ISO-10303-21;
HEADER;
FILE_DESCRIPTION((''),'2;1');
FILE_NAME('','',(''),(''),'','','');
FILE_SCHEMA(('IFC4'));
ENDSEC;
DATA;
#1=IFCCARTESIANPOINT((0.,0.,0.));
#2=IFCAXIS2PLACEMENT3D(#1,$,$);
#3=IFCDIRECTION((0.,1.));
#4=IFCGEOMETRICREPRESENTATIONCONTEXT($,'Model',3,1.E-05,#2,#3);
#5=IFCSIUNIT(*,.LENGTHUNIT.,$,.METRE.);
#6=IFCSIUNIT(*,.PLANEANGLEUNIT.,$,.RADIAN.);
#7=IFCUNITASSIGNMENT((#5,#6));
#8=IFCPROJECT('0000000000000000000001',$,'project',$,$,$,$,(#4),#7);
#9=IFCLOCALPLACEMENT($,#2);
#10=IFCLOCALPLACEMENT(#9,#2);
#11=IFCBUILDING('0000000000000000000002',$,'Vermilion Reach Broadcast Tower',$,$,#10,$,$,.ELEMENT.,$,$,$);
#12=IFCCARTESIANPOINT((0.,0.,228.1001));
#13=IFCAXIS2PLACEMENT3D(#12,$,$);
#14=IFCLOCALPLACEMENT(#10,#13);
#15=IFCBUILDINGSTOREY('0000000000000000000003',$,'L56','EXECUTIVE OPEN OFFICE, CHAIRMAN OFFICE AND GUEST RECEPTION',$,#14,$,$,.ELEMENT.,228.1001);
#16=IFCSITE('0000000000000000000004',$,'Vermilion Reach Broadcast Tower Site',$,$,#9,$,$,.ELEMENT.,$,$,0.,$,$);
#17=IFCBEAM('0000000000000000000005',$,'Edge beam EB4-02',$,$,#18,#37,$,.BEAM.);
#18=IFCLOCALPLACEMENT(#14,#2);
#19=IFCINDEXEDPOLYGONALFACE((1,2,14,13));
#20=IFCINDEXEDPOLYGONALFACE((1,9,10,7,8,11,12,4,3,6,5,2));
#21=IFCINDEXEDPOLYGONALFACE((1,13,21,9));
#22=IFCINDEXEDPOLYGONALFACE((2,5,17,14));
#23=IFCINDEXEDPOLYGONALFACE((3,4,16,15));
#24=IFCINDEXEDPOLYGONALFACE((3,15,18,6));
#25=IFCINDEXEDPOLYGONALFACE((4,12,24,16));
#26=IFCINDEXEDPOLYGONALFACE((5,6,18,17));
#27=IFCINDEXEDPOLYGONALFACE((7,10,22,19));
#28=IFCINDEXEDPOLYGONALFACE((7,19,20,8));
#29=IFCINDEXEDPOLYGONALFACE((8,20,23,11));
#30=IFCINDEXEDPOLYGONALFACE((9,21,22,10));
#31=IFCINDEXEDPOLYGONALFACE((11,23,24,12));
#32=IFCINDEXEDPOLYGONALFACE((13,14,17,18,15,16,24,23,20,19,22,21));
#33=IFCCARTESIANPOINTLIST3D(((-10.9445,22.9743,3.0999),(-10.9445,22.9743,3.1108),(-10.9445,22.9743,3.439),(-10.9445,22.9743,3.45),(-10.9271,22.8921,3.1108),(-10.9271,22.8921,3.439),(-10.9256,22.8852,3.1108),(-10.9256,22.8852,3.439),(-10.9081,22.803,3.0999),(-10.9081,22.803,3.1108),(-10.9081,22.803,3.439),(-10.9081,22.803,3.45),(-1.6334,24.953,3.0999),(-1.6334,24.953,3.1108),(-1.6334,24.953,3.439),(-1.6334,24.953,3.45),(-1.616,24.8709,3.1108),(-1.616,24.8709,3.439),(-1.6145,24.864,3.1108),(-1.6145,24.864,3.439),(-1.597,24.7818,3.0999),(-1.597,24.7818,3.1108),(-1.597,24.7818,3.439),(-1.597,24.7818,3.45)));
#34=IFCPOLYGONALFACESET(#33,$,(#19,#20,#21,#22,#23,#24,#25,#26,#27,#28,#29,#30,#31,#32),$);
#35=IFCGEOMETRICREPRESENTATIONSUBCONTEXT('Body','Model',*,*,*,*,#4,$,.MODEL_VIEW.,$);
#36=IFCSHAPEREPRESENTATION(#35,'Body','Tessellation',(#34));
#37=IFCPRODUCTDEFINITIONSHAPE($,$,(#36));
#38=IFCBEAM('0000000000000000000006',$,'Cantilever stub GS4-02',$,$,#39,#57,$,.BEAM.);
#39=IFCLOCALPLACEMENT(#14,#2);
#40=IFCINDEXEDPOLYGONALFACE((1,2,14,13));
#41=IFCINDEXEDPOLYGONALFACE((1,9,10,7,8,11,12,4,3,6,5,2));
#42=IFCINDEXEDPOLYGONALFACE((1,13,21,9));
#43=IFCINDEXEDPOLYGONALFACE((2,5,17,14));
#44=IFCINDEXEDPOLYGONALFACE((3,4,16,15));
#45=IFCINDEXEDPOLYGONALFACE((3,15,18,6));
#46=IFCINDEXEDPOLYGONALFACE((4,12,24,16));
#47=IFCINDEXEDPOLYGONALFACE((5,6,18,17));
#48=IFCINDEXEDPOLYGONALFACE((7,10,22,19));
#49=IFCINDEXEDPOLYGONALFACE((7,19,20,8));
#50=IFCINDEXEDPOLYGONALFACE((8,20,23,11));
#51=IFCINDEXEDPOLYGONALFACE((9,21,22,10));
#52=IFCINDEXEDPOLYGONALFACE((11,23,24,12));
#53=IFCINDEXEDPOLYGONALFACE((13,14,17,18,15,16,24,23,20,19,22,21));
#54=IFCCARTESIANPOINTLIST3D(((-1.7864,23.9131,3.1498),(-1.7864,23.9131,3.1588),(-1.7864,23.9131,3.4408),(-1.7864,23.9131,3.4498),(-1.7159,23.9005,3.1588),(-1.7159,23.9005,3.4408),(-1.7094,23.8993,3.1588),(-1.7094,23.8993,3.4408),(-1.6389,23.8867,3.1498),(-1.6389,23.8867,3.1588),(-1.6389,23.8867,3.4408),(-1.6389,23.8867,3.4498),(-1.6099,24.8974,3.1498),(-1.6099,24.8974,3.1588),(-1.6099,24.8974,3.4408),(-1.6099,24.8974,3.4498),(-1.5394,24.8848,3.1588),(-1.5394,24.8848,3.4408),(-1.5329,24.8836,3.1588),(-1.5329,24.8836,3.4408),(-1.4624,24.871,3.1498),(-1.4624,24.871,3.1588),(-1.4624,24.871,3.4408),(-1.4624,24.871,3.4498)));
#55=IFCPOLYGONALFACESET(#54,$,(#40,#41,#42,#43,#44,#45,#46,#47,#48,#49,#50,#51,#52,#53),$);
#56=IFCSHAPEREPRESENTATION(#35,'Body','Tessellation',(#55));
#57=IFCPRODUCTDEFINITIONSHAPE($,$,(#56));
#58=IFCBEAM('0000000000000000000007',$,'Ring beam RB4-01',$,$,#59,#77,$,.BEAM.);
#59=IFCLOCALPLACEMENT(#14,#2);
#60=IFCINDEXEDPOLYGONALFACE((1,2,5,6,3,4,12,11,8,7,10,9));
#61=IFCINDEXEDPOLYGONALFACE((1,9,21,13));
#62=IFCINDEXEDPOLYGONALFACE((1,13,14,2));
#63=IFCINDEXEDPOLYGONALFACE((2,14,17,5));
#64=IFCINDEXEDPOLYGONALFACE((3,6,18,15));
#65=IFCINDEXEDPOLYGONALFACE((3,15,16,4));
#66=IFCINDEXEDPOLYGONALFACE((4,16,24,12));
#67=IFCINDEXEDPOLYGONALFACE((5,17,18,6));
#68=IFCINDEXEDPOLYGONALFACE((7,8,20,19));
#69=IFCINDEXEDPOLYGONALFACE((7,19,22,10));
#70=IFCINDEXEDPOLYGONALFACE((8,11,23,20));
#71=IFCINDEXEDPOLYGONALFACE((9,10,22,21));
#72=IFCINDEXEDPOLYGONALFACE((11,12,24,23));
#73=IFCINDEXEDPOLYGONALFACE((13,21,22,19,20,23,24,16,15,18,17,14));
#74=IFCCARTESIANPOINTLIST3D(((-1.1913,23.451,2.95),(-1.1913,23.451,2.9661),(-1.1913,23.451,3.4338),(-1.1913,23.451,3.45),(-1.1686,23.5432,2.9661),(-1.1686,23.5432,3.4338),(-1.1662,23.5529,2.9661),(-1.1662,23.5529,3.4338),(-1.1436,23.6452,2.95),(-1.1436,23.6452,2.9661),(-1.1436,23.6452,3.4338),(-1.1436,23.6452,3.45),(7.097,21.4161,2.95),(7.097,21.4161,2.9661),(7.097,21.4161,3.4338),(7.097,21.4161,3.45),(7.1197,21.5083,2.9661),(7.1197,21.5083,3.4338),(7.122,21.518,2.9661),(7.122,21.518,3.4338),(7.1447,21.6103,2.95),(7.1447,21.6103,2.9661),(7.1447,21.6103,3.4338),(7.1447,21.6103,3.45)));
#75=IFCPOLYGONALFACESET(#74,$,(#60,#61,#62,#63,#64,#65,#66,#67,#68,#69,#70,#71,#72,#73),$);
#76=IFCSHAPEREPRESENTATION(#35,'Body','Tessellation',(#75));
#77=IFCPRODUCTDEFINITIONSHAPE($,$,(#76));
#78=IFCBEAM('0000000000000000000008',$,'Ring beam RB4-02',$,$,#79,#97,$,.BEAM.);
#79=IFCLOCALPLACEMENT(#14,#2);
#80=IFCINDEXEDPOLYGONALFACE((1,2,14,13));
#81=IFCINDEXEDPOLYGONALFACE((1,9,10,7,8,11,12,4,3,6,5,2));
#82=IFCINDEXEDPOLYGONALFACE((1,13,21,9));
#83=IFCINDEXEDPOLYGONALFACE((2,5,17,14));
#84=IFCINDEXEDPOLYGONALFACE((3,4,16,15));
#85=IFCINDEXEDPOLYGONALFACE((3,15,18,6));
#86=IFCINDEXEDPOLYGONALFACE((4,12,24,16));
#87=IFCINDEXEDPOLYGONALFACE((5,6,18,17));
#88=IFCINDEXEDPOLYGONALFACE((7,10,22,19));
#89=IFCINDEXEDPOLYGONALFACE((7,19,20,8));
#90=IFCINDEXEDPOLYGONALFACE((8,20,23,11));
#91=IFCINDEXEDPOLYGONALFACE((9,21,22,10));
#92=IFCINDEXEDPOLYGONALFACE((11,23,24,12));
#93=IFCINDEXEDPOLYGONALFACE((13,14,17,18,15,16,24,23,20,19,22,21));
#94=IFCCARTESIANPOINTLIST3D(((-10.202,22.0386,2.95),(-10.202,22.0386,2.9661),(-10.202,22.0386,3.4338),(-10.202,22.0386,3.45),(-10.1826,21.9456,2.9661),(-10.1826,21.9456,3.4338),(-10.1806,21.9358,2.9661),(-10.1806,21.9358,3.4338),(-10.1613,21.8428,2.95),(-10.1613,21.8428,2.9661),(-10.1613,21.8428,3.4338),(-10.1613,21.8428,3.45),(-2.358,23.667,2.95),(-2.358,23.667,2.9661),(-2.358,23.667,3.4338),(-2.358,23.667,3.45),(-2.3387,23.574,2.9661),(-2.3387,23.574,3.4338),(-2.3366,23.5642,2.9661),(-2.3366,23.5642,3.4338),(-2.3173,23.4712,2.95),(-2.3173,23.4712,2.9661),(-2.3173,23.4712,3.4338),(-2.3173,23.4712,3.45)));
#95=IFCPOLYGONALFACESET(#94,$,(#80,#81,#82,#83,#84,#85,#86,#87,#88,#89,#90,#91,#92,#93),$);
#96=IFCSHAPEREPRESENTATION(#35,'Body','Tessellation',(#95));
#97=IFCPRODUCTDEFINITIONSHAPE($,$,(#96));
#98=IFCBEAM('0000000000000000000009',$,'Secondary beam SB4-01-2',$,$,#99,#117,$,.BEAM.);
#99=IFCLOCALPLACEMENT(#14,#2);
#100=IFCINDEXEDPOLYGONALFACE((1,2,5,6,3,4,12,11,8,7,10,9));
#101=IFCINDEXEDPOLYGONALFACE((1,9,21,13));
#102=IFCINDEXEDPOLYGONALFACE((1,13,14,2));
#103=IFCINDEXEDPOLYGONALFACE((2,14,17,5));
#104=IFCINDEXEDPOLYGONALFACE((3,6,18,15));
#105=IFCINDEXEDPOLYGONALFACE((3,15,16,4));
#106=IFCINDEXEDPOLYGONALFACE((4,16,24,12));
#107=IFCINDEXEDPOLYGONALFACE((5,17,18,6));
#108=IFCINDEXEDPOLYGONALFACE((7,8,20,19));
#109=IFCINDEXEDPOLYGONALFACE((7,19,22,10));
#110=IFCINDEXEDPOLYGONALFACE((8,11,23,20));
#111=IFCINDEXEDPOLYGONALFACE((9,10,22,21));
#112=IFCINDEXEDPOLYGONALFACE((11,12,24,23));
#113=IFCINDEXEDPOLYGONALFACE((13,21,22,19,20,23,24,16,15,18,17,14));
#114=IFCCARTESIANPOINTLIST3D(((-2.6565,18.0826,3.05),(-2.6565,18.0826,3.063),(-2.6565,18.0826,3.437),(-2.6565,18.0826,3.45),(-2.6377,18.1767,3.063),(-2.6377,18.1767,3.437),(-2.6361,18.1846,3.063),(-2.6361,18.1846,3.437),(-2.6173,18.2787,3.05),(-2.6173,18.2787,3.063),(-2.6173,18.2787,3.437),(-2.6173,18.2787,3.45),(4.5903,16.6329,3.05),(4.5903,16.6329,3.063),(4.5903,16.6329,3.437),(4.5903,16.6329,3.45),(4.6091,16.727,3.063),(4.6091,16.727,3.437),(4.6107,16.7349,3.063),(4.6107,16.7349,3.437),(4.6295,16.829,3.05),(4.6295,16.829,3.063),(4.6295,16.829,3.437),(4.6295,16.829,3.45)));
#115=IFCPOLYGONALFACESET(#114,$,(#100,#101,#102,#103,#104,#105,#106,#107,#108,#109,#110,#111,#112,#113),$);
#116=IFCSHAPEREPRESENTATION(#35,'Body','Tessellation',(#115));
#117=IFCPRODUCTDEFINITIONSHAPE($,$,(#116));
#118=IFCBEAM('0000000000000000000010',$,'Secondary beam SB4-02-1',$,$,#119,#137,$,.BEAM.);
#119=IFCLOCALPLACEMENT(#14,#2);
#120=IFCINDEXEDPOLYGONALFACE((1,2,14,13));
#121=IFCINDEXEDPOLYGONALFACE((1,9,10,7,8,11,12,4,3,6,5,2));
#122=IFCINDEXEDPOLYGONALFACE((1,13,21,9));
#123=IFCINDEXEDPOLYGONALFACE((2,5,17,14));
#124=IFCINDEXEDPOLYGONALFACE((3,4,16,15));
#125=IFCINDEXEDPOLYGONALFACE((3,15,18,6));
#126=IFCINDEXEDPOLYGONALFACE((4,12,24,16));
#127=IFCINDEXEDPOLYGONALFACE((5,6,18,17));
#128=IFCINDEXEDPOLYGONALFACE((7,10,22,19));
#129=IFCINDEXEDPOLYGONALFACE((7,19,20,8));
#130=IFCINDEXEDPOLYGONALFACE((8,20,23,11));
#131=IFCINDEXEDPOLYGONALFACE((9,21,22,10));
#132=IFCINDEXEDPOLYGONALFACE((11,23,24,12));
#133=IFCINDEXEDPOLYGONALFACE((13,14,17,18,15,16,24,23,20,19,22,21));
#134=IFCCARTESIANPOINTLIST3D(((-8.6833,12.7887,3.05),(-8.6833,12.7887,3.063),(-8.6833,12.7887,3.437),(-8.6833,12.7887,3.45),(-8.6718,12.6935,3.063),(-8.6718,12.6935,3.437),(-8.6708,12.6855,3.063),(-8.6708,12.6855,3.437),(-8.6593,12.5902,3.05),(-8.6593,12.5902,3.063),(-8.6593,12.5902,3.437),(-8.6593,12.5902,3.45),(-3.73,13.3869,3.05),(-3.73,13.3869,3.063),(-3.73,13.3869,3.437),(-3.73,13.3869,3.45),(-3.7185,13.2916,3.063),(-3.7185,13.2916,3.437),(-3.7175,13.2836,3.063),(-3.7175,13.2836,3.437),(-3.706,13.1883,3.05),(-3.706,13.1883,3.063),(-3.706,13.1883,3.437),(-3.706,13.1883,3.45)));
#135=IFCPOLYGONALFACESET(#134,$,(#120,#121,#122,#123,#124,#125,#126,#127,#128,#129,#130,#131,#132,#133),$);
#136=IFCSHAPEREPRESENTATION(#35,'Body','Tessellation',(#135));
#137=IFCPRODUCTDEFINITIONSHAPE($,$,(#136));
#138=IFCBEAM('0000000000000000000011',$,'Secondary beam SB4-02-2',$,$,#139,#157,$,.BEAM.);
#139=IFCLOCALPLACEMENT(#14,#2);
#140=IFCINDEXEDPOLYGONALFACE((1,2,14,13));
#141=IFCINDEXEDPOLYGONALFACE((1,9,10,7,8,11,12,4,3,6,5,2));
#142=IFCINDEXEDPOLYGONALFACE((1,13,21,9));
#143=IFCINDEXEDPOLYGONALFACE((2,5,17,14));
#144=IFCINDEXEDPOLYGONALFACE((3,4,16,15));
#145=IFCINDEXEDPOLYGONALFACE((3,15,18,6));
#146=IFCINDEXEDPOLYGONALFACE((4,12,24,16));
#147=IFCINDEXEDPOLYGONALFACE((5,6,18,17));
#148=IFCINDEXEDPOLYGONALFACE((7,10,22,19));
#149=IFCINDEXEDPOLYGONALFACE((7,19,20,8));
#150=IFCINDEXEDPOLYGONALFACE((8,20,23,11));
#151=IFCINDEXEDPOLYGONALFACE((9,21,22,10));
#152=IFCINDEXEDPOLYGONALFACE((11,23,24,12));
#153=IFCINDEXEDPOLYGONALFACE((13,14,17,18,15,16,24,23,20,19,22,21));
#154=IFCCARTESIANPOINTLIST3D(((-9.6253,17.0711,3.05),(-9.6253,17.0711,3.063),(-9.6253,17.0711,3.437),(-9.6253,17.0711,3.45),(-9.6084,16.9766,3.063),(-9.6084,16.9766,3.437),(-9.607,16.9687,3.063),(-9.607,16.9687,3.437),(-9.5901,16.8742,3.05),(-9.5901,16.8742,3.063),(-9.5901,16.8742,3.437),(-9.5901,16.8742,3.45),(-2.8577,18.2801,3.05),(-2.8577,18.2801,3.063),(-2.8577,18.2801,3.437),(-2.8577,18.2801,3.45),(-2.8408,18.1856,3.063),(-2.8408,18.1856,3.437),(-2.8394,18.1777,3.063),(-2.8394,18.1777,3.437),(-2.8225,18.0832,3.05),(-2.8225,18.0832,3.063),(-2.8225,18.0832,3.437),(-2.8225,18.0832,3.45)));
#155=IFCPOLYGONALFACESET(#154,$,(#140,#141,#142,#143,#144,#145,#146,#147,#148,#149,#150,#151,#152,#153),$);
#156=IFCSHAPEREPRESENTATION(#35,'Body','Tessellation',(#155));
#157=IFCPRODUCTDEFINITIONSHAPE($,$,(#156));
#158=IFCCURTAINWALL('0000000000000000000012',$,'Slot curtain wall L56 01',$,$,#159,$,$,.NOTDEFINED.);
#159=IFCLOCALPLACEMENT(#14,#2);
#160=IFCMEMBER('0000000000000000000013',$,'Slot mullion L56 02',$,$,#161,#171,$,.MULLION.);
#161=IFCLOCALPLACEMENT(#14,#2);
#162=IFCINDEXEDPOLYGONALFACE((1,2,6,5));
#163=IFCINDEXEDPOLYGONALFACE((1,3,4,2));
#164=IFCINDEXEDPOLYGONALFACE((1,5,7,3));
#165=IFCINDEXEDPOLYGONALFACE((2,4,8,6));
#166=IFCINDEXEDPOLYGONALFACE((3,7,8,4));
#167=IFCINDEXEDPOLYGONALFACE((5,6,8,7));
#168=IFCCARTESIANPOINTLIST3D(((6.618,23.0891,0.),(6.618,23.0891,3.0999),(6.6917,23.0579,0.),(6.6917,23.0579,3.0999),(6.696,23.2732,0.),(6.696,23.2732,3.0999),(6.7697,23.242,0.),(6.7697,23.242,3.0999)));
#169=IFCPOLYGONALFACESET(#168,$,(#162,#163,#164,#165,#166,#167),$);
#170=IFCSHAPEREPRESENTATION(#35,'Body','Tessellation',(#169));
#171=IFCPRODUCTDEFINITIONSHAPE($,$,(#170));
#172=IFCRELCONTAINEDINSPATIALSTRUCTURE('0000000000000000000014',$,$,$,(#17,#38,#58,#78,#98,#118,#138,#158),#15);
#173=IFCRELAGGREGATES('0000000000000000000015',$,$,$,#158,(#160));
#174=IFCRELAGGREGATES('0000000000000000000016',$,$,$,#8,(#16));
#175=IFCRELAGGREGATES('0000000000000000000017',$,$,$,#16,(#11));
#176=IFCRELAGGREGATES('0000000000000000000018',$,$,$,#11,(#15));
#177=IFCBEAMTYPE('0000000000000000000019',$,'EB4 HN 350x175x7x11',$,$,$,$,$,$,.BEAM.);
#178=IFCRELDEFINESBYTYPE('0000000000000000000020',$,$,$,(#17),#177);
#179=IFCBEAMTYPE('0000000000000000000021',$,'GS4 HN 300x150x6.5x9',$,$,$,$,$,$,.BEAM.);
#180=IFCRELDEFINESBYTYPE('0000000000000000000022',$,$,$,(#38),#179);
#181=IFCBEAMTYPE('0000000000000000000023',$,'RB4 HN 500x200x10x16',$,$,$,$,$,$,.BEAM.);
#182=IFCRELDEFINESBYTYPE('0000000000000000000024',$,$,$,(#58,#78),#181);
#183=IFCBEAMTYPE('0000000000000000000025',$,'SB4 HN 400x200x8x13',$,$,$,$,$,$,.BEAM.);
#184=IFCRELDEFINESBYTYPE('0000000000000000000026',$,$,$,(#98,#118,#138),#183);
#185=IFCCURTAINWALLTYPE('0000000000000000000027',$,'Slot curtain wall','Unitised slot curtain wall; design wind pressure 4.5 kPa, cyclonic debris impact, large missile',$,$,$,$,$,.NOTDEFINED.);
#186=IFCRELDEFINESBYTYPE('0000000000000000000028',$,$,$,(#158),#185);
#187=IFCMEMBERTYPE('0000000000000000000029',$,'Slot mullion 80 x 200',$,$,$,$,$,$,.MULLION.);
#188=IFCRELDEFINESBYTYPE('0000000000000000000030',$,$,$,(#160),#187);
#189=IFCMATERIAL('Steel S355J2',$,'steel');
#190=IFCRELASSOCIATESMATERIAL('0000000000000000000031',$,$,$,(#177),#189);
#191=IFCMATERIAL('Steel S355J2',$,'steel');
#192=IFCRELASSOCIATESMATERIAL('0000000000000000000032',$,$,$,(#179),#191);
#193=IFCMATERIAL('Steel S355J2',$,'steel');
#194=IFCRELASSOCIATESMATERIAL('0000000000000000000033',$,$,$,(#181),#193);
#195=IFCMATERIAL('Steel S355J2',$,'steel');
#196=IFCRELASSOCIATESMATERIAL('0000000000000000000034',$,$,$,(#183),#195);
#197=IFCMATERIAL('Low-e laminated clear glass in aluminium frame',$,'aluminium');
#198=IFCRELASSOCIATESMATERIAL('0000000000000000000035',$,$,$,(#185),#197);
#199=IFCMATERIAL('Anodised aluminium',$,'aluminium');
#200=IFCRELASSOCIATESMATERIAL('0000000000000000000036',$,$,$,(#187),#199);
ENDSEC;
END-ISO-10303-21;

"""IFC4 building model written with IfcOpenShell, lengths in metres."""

from ifc_helpers import new_model, si_unit, direction, frame, origin, origin_2d, place, context, subcontext, project, spatial, rectangle, i_section, extrude, material, material_profile, profile_set, type_object, element, aggregate, save


model = new_model("IFC4")

# Units and contexts
model_context = context("Model", 3, precision=1e-05, world=origin(), true_north=direction((0.0, 1.0)))
body_context = subcontext(model_context, "Body", "Model", "MODEL_VIEW")
ifc_project = project(units=[si_unit("LENGTHUNIT", "METRE"), si_unit("PLANEANGLEUNIT", "RADIAN")], contexts=[model_context])

# Site, building, storey
site_placement = place(None, origin())
site = spatial("IfcSite", under=ifc_project, at=site_placement, Name="Vermilion Reach Broadcast Tower Site", CompositionType="ELEMENT", RefElevation=0.0)
building_placement = place(site_placement, origin())
building = spatial("IfcBuilding", under=site, at=building_placement, Name="Vermilion Reach Broadcast Tower", CompositionType="ELEMENT")
storey_placement = place(building_placement, frame((0.0, 0.0, 228.1001)))
storey = spatial("IfcBuildingStorey", under=building, at=storey_placement, Name="L56", Description="EXECUTIVE OPEN OFFICE, CHAIRMAN OFFICE AND GUEST RECEPTION", CompositionType="ELEMENT", Elevation=228.1001)

# Beams
ifc_material_1 = material(Name="Steel S355J2", Category="steel")
ifc_material_profile_1 = material_profile(ifc_material_1, i_section(OverallWidth=0.175, OverallDepth=0.3501, WebThickness=0.0071, FlangeThickness=0.011, at=origin_2d()), Name="S355J2 HN 350x175x7x11")
ifc_profile_set_1 = profile_set([ifc_material_profile_1], Name="Steel S355J2")
beam_type_1 = type_object("IfcBeamType", Name="EB4 HN 350x175x7x11", PredefinedType="BEAM", material=ifc_profile_set_1)
beam_1_placement = place(storey_placement, frame((-1.6152, 24.8674, 3.2749), z_axis=(-0.978155, -0.207875, 0.0), x_axis=(0.207875, -0.978155, 0.0)))
element("IfcBeam", 1, at=beam_1_placement, inside=storey, type_object=beam_type_1, Name="Edge beam EB4-02", PredefinedType="BEAM", context=body_context, shape_type="SweptSolid", body=[
    extrude(i_section(OverallWidth=0.175, OverallDepth=0.3501, WebThickness=0.0071, FlangeThickness=0.011, at=origin_2d()), origin(), (0.0, 0.0, 1.0), 9.519),
])
ifc_material_2 = material(Name="Steel S355J2", Category="steel")
ifc_material_profile_2 = material_profile(ifc_material_2, i_section(OverallWidth=0.1499, OverallDepth=0.3, WebThickness=0.0066, FlangeThickness=0.009, at=origin_2d()), Name="S355J2 HN 300x150x6.5x9")
ifc_profile_set_2 = profile_set([ifc_material_profile_2], Name="Steel S355J2")
beam_type_2 = type_object("IfcBeamType", Name="GS4 HN 300x150x6.5x9", PredefinedType="BEAM", material=ifc_profile_set_2)
beam_2_placement = place(storey_placement, frame((-1.7126, 23.8999, 3.2998), z_axis=(0.1765, 0.984301, 0.0), x_axis=(-0.984301, 0.1765, 0.0)))
element("IfcBeam", 2, at=beam_2_placement, inside=storey, type_object=beam_type_2, Name="Cantilever stub GS4-02", PredefinedType="BEAM", context=body_context, shape_type="SweptSolid", body=[
    extrude(i_section(OverallWidth=0.1499, OverallDepth=0.3, WebThickness=0.0066, FlangeThickness=0.009, at=origin_2d()), origin(), (0.0, 0.0, 1.0), 1.0),
])
ifc_material_3 = material(Name="Steel S355J2", Category="steel")
ifc_material_profile_3 = material_profile(ifc_material_3, i_section(OverallWidth=0.2, OverallDepth=0.5, WebThickness=0.01, FlangeThickness=0.0161, at=origin_2d()), Name="S355J2 HN 500x200x10x16")
ifc_profile_set_3 = profile_set([ifc_material_profile_3], Name="Steel S355J2")
beam_type_3 = type_object("IfcBeamType", Name="RB4 HN 500x200x10x16", PredefinedType="BEAM", material=ifc_profile_set_3)
beam_3_placement = place(storey_placement, frame((7.1208, 21.5132, 3.2), z_axis=(-0.971159, 0.238434, 0.0), x_axis=(-0.238434, -0.971159, 0.0)))
element("IfcBeam", 3, at=beam_3_placement, inside=storey, type_object=beam_type_3, Name="Ring beam RB4-01", PredefinedType="BEAM", context=body_context, shape_type="SweptSolid", body=[
    extrude(i_section(OverallWidth=0.2, OverallDepth=0.5, WebThickness=0.01, FlangeThickness=0.0161, at=origin_2d()), origin(), (0.0, 0.0, 1.0), 8.5344),
])
beam_4_placement = place(storey_placement, frame((-2.3376, 23.5691, 3.2), z_axis=(-0.979123, -0.203267, 0.0), x_axis=(0.203267, -0.979123, 0.0)))
element("IfcBeam", 4, at=beam_4_placement, inside=storey, type_object=beam_type_3, Name="Ring beam RB4-02", PredefinedType="BEAM", context=body_context, shape_type="SweptSolid", body=[
    extrude(i_section(OverallWidth=0.2, OverallDepth=0.5, WebThickness=0.01, FlangeThickness=0.0161, at=origin_2d()), origin(), (0.0, 0.0, 1.0), 8.0112),
])
ifc_material_4 = material(Name="Steel S355J2", Category="steel")
ifc_material_profile_4 = material_profile(ifc_material_4, i_section(OverallWidth=0.2, OverallDepth=0.3999, WebThickness=0.0081, FlangeThickness=0.0129, at=origin_2d()), Name="S355J2 HN 400x200x8x13")
ifc_profile_set_4 = profile_set([ifc_material_profile_4], Name="Steel S355J2")
beam_type_4 = type_object("IfcBeamType", Name="SB4 HN 400x200x8x13", PredefinedType="BEAM", material=ifc_profile_set_4)
beam_5_placement = place(storey_placement, frame((4.6099, 16.731, 3.25), z_axis=(-0.980572, 0.196161, 0.0), x_axis=(-0.196161, -0.980572, 0.0)))
element("IfcBeam", 5, at=beam_5_placement, inside=storey, type_object=beam_type_4, Name="Secondary beam SB4-01-2", PredefinedType="BEAM", context=body_context, shape_type="SweptSolid", body=[
    extrude(i_section(OverallWidth=0.2, OverallDepth=0.3999, WebThickness=0.0081, FlangeThickness=0.0129, at=origin_2d()), origin(), (0.0, 0.0, 1.0), 7.3904),
])
beam_6_placement = place(storey_placement, frame((-3.718, 13.2876, 3.25), z_axis=(-0.992788, -0.119884, 0.0), x_axis=(0.119884, -0.992788, 0.0)))
element("IfcBeam", 6, at=beam_6_placement, inside=storey, type_object=beam_type_4, Name="Secondary beam SB4-02-1", PredefinedType="BEAM", context=body_context, shape_type="SweptSolid", body=[
    extrude(i_section(OverallWidth=0.2, OverallDepth=0.3999, WebThickness=0.0081, FlangeThickness=0.0129, at=origin_2d()), origin(), (0.0, 0.0, 1.0), 4.9893),
])
beam_7_placement = place(storey_placement, frame((-2.8401, 18.1816, 3.25), z_axis=(-0.984415, -0.175859, 0.0), x_axis=(0.175859, -0.984415, 0.0)))
element("IfcBeam", 7, at=beam_7_placement, inside=storey, type_object=beam_type_4, Name="Secondary beam SB4-02-2", PredefinedType="BEAM", context=body_context, shape_type="SweptSolid", body=[
    extrude(i_section(OverallWidth=0.2, OverallDepth=0.3999, WebThickness=0.0081, FlangeThickness=0.0129, at=origin_2d()), origin(), (0.0, 0.0, 1.0), 6.8748),
])

# Curtain wall, member
ifc_material_5 = material(Name="Low-e laminated clear glass in aluminium frame", Category="aluminium")
curtain_wall_type = type_object("IfcCurtainWallType", Name="Slot curtain wall", Description="Unitised slot curtain wall; design wind pressure 4.5 kPa, cyclonic debris impact, large missile", PredefinedType="NOTDEFINED", material=ifc_material_5)
curtain_wall_placement = place(storey_placement, origin())
curtain_wall = element("IfcCurtainWall", 8, at=curtain_wall_placement, inside=storey, type_object=curtain_wall_type, Name="Slot curtain wall L56 01", PredefinedType="NOTDEFINED")
ifc_material_6 = material(Name="Anodised aluminium", Category="aluminium")
ifc_material_profile_5 = material_profile(ifc_material_6, rectangle(XDim=0.2, YDim=0.0801, at=origin_2d()), Name="Slot mullion 80 x 200")
ifc_profile_set_5 = profile_set([ifc_material_profile_5], Name="Anodised aluminium")
member_type = type_object("IfcMemberType", Name="Slot mullion 80 x 200", PredefinedType="MULLION", material=ifc_profile_set_5)
member_placement = place(storey_placement, frame((6.6938, 23.1655, 0.0), z_axis=(0.0, 0.0, 1.0), x_axis=(-0.390194, -0.920733, 0.0)))
member = element("IfcMember", 9, at=member_placement, type_object=member_type, Name="Slot mullion L56 02", PredefinedType="MULLION", context=body_context, shape_type="SweptSolid", body=[
    extrude(rectangle(XDim=0.2, YDim=0.0801, at=origin_2d()), origin(), (0.0, 0.0, 1.0), 3.0999),
])
aggregate(curtain_wall, [member])

save(model, "model.ifc")
